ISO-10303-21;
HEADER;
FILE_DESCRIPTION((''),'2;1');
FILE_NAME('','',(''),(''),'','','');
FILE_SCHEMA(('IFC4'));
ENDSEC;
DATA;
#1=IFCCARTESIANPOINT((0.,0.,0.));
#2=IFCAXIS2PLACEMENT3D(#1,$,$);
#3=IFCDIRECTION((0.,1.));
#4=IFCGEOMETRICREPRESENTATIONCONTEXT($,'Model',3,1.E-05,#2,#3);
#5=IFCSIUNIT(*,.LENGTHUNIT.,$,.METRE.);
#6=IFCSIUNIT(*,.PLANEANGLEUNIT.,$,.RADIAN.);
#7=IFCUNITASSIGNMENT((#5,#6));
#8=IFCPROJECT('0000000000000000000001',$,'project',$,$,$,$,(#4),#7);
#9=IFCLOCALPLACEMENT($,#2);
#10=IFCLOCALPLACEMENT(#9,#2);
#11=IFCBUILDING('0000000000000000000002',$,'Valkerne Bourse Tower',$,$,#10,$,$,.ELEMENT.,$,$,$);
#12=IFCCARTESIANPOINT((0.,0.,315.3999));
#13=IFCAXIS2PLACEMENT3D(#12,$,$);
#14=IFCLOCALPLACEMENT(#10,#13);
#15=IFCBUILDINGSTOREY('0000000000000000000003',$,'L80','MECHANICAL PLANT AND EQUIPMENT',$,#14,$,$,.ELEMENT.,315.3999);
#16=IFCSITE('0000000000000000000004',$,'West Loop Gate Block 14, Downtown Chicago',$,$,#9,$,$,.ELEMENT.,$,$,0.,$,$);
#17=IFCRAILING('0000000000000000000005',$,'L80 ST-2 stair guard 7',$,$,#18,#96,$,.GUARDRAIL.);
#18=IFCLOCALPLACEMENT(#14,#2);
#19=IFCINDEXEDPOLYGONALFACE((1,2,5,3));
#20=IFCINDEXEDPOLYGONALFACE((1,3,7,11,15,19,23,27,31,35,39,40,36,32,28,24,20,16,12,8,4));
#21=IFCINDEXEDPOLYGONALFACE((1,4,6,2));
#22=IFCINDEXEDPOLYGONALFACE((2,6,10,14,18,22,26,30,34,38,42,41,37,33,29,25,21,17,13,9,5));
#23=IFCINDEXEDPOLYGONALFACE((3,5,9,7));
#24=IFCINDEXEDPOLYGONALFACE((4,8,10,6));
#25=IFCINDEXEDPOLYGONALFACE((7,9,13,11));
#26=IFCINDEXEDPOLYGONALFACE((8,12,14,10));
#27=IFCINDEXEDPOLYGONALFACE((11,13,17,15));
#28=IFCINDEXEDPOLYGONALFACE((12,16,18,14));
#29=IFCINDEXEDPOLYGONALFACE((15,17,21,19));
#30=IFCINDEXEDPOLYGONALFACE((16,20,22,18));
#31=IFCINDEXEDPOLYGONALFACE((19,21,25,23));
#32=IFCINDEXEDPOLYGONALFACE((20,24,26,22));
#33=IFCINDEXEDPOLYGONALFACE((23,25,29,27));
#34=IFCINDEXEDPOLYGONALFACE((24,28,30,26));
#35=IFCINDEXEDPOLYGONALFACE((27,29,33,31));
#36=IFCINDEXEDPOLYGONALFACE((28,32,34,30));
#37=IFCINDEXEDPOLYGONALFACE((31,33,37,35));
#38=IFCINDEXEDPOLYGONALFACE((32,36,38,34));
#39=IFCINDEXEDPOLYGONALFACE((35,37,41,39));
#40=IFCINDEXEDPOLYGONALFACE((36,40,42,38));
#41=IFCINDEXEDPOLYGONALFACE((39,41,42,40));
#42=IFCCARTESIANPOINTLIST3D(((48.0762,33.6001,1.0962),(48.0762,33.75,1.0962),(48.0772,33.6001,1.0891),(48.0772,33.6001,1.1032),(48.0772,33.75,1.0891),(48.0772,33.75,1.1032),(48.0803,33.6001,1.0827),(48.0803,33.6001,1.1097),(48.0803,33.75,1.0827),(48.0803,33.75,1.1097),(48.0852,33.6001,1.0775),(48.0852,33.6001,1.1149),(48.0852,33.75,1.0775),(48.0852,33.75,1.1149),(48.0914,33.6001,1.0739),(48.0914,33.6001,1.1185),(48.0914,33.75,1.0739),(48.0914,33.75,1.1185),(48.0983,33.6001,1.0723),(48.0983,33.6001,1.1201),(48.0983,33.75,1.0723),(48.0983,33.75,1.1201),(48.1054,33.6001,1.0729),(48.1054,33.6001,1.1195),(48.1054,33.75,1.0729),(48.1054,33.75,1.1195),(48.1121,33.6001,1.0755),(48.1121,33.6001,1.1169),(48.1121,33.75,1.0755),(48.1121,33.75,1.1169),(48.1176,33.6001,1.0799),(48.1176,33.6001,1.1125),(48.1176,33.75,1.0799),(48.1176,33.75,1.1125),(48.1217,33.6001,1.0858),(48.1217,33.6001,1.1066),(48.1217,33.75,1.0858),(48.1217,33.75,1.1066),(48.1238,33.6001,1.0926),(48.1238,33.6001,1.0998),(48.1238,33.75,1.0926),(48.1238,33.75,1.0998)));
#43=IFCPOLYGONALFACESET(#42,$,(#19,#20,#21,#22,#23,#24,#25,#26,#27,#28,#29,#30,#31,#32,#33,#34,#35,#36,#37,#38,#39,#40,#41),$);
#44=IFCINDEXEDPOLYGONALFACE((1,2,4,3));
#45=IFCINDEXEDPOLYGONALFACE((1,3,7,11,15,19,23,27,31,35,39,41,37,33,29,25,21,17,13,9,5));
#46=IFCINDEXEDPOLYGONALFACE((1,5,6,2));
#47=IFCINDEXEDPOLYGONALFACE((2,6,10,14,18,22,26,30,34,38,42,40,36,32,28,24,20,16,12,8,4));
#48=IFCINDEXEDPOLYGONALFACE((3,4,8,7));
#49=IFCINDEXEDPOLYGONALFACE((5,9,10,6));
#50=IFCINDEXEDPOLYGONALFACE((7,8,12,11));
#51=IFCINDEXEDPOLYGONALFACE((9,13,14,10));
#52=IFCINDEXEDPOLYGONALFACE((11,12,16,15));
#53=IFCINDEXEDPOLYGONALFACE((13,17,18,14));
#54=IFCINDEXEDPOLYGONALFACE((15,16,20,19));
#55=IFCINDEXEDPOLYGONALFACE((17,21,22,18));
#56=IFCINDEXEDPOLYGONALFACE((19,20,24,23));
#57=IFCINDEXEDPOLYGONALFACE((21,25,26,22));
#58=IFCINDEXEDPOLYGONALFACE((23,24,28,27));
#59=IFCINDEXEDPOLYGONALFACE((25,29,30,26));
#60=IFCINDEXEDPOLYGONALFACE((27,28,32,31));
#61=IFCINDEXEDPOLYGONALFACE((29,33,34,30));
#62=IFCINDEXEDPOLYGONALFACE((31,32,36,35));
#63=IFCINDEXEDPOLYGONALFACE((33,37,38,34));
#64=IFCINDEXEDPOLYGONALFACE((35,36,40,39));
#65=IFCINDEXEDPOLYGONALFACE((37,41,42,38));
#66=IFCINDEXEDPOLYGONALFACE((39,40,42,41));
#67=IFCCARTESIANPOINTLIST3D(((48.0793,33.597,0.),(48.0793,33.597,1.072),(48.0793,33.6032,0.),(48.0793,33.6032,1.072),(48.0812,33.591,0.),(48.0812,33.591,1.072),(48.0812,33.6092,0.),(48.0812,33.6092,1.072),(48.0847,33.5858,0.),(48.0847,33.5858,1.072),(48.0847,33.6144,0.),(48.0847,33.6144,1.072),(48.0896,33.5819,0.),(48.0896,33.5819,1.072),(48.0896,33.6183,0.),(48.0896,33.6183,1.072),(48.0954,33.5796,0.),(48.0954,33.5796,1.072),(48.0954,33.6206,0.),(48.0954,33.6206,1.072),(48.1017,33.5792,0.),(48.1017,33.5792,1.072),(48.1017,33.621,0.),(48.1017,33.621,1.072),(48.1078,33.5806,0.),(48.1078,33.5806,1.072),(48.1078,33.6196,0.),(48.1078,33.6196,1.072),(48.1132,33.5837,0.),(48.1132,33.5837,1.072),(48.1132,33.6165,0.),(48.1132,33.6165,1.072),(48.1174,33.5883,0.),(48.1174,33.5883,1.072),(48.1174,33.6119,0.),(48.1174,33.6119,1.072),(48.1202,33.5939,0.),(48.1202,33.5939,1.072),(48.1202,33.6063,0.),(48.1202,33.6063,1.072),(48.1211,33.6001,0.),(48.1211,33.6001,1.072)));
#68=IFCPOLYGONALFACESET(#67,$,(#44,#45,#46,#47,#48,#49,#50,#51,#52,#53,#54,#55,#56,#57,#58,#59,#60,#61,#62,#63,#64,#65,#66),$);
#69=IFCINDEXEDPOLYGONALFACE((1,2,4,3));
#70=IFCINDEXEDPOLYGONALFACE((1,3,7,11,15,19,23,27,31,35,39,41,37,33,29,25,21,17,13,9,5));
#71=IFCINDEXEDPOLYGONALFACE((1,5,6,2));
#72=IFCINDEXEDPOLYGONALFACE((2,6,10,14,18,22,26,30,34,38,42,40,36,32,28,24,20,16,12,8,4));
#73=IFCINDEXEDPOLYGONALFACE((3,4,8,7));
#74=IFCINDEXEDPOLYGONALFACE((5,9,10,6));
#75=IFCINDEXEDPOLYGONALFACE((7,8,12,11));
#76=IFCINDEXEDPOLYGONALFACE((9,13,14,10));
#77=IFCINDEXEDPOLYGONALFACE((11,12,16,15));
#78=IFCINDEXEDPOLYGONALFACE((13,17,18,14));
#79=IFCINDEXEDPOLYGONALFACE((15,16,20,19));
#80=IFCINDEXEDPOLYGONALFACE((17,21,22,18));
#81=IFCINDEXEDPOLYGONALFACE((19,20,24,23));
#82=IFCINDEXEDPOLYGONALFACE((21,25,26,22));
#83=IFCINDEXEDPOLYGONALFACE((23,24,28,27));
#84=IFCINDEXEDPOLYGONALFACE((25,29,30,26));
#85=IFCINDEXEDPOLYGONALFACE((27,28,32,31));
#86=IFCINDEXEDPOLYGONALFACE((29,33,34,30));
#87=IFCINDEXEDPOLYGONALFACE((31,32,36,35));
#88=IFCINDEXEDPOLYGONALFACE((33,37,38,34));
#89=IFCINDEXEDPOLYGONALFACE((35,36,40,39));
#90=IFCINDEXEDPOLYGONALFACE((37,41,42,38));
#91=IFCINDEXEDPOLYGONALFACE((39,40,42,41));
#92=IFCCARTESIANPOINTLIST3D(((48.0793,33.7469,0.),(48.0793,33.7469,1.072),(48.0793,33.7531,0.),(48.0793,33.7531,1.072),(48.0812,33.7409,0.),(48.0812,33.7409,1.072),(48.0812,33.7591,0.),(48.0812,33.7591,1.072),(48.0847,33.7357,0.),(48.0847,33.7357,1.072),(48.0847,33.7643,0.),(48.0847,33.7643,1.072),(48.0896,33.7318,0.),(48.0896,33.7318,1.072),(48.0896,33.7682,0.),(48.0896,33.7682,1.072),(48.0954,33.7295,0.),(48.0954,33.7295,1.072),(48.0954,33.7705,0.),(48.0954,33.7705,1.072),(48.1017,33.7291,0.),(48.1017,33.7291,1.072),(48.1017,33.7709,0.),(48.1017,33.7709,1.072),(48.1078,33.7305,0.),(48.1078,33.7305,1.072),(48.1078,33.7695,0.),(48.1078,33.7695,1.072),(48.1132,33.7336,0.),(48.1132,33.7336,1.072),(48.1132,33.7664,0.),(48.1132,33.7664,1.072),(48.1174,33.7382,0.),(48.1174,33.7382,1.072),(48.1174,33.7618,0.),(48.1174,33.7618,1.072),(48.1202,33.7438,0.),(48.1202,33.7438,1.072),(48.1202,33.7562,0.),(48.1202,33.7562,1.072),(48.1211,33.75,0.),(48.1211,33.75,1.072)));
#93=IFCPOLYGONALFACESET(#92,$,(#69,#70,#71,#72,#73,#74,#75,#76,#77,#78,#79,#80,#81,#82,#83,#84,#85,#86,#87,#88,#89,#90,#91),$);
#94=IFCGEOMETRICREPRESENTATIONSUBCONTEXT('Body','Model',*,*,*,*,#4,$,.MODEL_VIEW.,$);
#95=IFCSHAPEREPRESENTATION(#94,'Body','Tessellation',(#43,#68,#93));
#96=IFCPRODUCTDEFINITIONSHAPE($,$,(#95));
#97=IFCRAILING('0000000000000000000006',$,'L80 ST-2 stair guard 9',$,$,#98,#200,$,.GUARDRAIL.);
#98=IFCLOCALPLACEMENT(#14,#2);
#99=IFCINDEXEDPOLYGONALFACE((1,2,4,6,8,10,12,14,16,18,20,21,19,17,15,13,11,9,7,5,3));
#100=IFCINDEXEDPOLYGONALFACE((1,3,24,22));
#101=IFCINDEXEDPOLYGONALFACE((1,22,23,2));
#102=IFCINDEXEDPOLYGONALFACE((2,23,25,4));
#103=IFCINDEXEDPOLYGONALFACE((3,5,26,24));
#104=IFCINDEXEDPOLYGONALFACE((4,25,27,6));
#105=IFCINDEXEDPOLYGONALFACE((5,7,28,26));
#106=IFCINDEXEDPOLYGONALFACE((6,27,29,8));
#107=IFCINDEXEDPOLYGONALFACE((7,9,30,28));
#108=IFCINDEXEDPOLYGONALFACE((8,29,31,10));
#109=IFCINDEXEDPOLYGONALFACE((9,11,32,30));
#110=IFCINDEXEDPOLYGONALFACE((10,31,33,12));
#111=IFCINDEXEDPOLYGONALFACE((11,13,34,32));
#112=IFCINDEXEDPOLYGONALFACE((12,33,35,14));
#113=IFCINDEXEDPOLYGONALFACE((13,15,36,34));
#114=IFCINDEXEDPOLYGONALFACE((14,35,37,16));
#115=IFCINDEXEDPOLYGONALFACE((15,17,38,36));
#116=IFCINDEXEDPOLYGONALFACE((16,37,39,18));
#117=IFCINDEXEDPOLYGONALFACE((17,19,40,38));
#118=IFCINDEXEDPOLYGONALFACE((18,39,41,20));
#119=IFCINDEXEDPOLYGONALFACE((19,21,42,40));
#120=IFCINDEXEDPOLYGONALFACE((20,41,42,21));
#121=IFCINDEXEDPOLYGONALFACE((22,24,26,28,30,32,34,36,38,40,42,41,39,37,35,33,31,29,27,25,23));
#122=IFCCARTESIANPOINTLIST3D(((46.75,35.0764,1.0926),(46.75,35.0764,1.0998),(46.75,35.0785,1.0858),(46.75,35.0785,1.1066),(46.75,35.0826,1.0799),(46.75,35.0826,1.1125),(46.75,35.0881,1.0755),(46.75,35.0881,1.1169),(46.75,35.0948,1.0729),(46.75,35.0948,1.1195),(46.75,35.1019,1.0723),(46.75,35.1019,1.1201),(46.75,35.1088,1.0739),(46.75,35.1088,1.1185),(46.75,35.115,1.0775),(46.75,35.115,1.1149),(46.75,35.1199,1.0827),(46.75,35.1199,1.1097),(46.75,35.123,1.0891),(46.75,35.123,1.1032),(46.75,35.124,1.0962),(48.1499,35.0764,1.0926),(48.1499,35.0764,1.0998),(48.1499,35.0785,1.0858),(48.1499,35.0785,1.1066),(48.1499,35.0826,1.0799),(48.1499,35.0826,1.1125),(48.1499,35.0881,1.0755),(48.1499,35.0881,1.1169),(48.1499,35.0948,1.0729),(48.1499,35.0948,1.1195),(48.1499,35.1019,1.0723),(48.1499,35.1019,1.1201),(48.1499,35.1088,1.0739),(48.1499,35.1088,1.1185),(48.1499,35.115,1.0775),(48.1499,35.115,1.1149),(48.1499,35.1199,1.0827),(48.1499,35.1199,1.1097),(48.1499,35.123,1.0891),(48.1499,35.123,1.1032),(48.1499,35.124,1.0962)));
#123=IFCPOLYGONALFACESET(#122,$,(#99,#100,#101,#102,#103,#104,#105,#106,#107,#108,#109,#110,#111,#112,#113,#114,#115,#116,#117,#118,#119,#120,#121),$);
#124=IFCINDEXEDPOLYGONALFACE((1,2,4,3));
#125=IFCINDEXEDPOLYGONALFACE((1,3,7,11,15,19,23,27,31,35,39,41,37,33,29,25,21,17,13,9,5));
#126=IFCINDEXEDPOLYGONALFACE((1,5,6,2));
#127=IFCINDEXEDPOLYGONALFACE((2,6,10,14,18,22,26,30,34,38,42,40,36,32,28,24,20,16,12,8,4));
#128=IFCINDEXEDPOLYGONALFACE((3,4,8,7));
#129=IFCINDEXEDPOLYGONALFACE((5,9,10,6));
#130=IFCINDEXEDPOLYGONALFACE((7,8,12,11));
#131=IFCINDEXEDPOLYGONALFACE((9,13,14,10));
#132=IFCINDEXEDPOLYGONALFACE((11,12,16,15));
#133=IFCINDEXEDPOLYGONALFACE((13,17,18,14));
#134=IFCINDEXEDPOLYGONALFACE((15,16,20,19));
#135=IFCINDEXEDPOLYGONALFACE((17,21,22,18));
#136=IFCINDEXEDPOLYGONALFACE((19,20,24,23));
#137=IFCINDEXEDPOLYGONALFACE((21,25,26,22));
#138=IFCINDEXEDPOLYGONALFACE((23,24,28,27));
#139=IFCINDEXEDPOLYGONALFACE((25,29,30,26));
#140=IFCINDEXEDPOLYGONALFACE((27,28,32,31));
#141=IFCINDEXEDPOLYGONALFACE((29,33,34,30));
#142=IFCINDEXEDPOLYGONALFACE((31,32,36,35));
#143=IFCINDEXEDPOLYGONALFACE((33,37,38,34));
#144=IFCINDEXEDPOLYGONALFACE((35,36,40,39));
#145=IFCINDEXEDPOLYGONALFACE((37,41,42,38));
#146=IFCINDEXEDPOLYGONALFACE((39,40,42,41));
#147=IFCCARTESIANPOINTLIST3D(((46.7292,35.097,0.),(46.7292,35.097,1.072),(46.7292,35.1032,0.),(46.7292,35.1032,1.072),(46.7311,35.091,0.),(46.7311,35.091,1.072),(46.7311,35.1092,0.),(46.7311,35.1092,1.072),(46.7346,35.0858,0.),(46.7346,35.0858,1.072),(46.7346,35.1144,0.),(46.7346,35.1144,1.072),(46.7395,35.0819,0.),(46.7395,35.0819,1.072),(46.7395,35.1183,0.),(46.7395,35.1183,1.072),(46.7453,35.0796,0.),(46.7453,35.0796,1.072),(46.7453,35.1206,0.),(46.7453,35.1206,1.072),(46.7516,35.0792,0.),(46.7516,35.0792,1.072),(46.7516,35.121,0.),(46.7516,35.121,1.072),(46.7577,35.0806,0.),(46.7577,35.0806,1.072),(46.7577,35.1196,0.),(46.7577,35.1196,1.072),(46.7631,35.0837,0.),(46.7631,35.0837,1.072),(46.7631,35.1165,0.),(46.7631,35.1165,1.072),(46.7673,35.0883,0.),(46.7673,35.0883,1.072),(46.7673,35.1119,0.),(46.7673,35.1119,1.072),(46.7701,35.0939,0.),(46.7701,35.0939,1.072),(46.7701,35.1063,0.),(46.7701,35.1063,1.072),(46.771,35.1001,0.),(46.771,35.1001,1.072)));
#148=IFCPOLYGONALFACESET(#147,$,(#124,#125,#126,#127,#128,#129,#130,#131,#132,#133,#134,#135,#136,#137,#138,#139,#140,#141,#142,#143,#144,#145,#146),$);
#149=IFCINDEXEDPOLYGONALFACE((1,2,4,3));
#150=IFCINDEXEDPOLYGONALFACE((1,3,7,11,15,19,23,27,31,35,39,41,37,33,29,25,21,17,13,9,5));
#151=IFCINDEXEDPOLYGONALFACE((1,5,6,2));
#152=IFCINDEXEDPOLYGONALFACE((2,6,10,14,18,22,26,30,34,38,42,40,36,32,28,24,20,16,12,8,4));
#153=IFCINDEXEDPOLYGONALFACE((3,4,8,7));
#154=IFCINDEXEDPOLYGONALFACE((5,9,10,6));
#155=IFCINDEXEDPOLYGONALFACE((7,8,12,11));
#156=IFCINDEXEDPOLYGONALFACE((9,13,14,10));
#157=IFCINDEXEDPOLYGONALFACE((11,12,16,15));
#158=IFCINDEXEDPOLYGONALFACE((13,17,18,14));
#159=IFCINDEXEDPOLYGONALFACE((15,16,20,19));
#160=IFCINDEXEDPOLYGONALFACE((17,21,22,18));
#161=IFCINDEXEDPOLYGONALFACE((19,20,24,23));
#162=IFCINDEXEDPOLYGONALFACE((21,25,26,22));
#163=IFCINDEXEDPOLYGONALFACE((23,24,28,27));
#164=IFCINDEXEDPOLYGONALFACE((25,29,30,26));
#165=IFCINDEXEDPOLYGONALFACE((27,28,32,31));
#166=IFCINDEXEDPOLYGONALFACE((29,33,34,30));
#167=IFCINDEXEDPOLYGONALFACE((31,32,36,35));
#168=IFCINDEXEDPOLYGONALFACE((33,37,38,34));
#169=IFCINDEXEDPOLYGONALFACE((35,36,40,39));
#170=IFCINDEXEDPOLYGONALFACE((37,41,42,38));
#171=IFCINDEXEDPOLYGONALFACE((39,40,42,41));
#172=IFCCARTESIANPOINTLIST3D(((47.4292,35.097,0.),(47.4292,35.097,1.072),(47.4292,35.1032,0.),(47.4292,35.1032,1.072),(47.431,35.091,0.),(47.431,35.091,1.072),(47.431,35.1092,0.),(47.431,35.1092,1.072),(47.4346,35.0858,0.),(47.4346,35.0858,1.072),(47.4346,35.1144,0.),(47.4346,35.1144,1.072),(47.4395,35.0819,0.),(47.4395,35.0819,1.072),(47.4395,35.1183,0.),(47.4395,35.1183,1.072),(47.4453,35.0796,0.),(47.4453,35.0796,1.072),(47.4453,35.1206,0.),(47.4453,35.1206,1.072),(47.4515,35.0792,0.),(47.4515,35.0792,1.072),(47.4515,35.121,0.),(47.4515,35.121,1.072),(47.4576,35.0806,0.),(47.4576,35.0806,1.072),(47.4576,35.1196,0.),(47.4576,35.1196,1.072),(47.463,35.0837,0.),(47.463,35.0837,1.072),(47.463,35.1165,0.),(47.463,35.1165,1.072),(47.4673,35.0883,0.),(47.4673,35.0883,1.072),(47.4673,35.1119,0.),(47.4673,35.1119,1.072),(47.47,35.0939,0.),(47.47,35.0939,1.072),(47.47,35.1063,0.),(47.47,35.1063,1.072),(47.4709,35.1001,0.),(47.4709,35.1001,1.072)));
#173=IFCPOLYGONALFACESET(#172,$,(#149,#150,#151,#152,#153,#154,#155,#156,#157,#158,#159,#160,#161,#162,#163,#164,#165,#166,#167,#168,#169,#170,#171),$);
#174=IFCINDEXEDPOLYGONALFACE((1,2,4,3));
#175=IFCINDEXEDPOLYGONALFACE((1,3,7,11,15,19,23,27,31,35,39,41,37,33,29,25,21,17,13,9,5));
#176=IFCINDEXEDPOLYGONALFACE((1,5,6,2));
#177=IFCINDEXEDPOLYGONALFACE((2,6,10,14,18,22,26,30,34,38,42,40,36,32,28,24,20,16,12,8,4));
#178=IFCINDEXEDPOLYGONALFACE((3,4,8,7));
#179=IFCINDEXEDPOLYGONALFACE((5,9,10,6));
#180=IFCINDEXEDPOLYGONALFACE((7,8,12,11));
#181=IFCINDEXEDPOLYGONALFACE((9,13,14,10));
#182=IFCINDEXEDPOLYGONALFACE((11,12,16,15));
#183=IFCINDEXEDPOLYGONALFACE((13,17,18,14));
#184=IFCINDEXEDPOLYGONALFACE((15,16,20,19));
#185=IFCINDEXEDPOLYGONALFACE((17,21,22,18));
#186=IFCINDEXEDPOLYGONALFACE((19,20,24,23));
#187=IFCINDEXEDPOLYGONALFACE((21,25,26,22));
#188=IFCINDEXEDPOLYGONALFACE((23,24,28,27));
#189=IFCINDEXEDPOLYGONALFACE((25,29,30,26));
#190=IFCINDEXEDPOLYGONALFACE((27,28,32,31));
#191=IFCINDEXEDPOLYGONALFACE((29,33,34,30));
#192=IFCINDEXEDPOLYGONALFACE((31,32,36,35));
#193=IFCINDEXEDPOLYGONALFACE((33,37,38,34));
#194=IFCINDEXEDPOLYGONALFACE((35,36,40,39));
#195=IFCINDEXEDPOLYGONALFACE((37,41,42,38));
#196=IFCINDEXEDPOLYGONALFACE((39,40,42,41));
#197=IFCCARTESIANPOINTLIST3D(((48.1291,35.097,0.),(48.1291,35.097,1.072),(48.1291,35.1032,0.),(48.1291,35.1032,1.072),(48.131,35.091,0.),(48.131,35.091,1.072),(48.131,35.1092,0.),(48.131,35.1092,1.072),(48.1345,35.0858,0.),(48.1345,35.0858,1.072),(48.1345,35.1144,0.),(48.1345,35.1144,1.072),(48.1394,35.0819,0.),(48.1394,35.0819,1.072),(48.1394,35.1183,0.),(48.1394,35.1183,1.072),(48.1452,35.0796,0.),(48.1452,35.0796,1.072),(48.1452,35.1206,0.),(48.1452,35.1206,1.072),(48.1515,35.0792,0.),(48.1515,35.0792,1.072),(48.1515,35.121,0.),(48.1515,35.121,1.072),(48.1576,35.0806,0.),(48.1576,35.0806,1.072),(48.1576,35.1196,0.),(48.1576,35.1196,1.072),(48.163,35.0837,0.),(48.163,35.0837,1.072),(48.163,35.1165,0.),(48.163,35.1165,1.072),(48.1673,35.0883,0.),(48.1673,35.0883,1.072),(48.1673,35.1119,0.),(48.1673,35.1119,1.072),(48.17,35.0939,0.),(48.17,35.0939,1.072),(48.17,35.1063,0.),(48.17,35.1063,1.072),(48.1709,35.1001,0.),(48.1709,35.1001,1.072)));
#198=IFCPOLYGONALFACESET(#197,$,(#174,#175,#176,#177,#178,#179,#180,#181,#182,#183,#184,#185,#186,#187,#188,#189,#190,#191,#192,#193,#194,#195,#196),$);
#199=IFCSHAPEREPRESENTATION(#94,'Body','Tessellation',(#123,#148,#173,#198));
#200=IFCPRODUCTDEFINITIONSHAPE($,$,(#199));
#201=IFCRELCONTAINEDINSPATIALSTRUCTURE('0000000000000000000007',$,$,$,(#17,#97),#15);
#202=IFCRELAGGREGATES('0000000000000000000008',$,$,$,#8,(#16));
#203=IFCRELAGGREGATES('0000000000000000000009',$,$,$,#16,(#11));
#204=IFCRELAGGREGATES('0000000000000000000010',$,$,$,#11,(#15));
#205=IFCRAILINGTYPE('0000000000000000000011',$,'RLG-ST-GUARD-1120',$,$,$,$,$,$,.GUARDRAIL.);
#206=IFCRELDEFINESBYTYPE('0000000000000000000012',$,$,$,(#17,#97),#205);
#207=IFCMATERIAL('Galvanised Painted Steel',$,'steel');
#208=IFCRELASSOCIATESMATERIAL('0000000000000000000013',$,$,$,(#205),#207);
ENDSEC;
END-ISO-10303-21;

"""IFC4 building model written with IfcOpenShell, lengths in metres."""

from ifc_helpers import new_model, si_unit, direction, frame, origin, origin_2d, place, context, subcontext, project, spatial, circle, extrude, material, type_object, element, save


model = new_model("IFC4")

# Units and contexts
model_context = context("Model", 3, precision=1e-05, world=origin(), true_north=direction((0.0, 1.0)))
body_context = subcontext(model_context, "Body", "Model", "MODEL_VIEW")
ifc_project = project(units=[si_unit("LENGTHUNIT", "METRE"), si_unit("PLANEANGLEUNIT", "RADIAN")], contexts=[model_context])

# Site, building, storey
site_placement = place(None, origin())
site = spatial("IfcSite", under=ifc_project, at=site_placement, Name="West Loop Gate Block 14, Downtown Chicago", CompositionType="ELEMENT", RefElevation=0.0)
building_placement = place(site_placement, origin())
building = spatial("IfcBuilding", under=site, at=building_placement, Name="Valkerne Bourse Tower", CompositionType="ELEMENT")
storey_placement = place(building_placement, frame((0.0, 0.0, 315.3999)))
storey = spatial("IfcBuildingStorey", under=building, at=storey_placement, Name="L80", Description="MECHANICAL PLANT AND EQUIPMENT", CompositionType="ELEMENT", Elevation=315.3999)

# Railings
ifc_material_1 = material(Name="Galvanised Painted Steel", Category="steel")
railing_type_1 = type_object("IfcRailingType", Name="RLG-ST-GUARD-1120", PredefinedType="GUARDRAIL", material=ifc_material_1)
railing_1_placement = place(storey_placement, frame((48.1001, 33.6001, 0.0)))
element("IfcRailing", 1, at=railing_1_placement, inside=storey, type_object=railing_type_1, Name="L80 ST-2 stair guard 7", PredefinedType="GUARDRAIL", context=body_context, shape_type="SweptSolid", body=[
    extrude(circle(Radius=0.0239, at=origin_2d()), frame((0.0, 0.0, 1.0962), z_axis=(0.0, 1.0, 0.0), x_axis=(-1.0, 0.0, 0.0)), (0.0, 0.0, 1.0), 0.1499),
    extrude(circle(Radius=0.021, at=origin_2d()), origin(), (0.0, 0.0, 1.0), 1.072),
    extrude(circle(Radius=0.021, at=origin_2d()), frame((0.0, 0.1499, 0.0)), (0.0, 0.0, 1.0), 1.072),
])
railing_2_placement = place(storey_placement, frame((46.75, 35.1001, 0.0)))
element("IfcRailing", 2, at=railing_2_placement, inside=storey, type_object=railing_type_1, Name="L80 ST-2 stair guard 9", PredefinedType="GUARDRAIL", context=body_context, shape_type="SweptSolid", body=[
    extrude(circle(Radius=0.0239, at=origin_2d()), frame((0.0, 0.0, 1.0962), z_axis=(1.0, 0.0, 0.0), x_axis=(0.0, 1.0, 0.0)), (0.0, 0.0, 1.0), 1.3999),
    extrude(circle(Radius=0.021, at=origin_2d()), origin(), (0.0, 0.0, 1.0), 1.072),
    extrude(circle(Radius=0.021, at=origin_2d()), frame((0.7, 0.0, 0.0)), (0.0, 0.0, 1.0), 1.072),
    extrude(circle(Radius=0.021, at=origin_2d()), frame((1.3999, 0.0, 0.0)), (0.0, 0.0, 1.0), 1.072),
])

save(model, "model.ifc")
